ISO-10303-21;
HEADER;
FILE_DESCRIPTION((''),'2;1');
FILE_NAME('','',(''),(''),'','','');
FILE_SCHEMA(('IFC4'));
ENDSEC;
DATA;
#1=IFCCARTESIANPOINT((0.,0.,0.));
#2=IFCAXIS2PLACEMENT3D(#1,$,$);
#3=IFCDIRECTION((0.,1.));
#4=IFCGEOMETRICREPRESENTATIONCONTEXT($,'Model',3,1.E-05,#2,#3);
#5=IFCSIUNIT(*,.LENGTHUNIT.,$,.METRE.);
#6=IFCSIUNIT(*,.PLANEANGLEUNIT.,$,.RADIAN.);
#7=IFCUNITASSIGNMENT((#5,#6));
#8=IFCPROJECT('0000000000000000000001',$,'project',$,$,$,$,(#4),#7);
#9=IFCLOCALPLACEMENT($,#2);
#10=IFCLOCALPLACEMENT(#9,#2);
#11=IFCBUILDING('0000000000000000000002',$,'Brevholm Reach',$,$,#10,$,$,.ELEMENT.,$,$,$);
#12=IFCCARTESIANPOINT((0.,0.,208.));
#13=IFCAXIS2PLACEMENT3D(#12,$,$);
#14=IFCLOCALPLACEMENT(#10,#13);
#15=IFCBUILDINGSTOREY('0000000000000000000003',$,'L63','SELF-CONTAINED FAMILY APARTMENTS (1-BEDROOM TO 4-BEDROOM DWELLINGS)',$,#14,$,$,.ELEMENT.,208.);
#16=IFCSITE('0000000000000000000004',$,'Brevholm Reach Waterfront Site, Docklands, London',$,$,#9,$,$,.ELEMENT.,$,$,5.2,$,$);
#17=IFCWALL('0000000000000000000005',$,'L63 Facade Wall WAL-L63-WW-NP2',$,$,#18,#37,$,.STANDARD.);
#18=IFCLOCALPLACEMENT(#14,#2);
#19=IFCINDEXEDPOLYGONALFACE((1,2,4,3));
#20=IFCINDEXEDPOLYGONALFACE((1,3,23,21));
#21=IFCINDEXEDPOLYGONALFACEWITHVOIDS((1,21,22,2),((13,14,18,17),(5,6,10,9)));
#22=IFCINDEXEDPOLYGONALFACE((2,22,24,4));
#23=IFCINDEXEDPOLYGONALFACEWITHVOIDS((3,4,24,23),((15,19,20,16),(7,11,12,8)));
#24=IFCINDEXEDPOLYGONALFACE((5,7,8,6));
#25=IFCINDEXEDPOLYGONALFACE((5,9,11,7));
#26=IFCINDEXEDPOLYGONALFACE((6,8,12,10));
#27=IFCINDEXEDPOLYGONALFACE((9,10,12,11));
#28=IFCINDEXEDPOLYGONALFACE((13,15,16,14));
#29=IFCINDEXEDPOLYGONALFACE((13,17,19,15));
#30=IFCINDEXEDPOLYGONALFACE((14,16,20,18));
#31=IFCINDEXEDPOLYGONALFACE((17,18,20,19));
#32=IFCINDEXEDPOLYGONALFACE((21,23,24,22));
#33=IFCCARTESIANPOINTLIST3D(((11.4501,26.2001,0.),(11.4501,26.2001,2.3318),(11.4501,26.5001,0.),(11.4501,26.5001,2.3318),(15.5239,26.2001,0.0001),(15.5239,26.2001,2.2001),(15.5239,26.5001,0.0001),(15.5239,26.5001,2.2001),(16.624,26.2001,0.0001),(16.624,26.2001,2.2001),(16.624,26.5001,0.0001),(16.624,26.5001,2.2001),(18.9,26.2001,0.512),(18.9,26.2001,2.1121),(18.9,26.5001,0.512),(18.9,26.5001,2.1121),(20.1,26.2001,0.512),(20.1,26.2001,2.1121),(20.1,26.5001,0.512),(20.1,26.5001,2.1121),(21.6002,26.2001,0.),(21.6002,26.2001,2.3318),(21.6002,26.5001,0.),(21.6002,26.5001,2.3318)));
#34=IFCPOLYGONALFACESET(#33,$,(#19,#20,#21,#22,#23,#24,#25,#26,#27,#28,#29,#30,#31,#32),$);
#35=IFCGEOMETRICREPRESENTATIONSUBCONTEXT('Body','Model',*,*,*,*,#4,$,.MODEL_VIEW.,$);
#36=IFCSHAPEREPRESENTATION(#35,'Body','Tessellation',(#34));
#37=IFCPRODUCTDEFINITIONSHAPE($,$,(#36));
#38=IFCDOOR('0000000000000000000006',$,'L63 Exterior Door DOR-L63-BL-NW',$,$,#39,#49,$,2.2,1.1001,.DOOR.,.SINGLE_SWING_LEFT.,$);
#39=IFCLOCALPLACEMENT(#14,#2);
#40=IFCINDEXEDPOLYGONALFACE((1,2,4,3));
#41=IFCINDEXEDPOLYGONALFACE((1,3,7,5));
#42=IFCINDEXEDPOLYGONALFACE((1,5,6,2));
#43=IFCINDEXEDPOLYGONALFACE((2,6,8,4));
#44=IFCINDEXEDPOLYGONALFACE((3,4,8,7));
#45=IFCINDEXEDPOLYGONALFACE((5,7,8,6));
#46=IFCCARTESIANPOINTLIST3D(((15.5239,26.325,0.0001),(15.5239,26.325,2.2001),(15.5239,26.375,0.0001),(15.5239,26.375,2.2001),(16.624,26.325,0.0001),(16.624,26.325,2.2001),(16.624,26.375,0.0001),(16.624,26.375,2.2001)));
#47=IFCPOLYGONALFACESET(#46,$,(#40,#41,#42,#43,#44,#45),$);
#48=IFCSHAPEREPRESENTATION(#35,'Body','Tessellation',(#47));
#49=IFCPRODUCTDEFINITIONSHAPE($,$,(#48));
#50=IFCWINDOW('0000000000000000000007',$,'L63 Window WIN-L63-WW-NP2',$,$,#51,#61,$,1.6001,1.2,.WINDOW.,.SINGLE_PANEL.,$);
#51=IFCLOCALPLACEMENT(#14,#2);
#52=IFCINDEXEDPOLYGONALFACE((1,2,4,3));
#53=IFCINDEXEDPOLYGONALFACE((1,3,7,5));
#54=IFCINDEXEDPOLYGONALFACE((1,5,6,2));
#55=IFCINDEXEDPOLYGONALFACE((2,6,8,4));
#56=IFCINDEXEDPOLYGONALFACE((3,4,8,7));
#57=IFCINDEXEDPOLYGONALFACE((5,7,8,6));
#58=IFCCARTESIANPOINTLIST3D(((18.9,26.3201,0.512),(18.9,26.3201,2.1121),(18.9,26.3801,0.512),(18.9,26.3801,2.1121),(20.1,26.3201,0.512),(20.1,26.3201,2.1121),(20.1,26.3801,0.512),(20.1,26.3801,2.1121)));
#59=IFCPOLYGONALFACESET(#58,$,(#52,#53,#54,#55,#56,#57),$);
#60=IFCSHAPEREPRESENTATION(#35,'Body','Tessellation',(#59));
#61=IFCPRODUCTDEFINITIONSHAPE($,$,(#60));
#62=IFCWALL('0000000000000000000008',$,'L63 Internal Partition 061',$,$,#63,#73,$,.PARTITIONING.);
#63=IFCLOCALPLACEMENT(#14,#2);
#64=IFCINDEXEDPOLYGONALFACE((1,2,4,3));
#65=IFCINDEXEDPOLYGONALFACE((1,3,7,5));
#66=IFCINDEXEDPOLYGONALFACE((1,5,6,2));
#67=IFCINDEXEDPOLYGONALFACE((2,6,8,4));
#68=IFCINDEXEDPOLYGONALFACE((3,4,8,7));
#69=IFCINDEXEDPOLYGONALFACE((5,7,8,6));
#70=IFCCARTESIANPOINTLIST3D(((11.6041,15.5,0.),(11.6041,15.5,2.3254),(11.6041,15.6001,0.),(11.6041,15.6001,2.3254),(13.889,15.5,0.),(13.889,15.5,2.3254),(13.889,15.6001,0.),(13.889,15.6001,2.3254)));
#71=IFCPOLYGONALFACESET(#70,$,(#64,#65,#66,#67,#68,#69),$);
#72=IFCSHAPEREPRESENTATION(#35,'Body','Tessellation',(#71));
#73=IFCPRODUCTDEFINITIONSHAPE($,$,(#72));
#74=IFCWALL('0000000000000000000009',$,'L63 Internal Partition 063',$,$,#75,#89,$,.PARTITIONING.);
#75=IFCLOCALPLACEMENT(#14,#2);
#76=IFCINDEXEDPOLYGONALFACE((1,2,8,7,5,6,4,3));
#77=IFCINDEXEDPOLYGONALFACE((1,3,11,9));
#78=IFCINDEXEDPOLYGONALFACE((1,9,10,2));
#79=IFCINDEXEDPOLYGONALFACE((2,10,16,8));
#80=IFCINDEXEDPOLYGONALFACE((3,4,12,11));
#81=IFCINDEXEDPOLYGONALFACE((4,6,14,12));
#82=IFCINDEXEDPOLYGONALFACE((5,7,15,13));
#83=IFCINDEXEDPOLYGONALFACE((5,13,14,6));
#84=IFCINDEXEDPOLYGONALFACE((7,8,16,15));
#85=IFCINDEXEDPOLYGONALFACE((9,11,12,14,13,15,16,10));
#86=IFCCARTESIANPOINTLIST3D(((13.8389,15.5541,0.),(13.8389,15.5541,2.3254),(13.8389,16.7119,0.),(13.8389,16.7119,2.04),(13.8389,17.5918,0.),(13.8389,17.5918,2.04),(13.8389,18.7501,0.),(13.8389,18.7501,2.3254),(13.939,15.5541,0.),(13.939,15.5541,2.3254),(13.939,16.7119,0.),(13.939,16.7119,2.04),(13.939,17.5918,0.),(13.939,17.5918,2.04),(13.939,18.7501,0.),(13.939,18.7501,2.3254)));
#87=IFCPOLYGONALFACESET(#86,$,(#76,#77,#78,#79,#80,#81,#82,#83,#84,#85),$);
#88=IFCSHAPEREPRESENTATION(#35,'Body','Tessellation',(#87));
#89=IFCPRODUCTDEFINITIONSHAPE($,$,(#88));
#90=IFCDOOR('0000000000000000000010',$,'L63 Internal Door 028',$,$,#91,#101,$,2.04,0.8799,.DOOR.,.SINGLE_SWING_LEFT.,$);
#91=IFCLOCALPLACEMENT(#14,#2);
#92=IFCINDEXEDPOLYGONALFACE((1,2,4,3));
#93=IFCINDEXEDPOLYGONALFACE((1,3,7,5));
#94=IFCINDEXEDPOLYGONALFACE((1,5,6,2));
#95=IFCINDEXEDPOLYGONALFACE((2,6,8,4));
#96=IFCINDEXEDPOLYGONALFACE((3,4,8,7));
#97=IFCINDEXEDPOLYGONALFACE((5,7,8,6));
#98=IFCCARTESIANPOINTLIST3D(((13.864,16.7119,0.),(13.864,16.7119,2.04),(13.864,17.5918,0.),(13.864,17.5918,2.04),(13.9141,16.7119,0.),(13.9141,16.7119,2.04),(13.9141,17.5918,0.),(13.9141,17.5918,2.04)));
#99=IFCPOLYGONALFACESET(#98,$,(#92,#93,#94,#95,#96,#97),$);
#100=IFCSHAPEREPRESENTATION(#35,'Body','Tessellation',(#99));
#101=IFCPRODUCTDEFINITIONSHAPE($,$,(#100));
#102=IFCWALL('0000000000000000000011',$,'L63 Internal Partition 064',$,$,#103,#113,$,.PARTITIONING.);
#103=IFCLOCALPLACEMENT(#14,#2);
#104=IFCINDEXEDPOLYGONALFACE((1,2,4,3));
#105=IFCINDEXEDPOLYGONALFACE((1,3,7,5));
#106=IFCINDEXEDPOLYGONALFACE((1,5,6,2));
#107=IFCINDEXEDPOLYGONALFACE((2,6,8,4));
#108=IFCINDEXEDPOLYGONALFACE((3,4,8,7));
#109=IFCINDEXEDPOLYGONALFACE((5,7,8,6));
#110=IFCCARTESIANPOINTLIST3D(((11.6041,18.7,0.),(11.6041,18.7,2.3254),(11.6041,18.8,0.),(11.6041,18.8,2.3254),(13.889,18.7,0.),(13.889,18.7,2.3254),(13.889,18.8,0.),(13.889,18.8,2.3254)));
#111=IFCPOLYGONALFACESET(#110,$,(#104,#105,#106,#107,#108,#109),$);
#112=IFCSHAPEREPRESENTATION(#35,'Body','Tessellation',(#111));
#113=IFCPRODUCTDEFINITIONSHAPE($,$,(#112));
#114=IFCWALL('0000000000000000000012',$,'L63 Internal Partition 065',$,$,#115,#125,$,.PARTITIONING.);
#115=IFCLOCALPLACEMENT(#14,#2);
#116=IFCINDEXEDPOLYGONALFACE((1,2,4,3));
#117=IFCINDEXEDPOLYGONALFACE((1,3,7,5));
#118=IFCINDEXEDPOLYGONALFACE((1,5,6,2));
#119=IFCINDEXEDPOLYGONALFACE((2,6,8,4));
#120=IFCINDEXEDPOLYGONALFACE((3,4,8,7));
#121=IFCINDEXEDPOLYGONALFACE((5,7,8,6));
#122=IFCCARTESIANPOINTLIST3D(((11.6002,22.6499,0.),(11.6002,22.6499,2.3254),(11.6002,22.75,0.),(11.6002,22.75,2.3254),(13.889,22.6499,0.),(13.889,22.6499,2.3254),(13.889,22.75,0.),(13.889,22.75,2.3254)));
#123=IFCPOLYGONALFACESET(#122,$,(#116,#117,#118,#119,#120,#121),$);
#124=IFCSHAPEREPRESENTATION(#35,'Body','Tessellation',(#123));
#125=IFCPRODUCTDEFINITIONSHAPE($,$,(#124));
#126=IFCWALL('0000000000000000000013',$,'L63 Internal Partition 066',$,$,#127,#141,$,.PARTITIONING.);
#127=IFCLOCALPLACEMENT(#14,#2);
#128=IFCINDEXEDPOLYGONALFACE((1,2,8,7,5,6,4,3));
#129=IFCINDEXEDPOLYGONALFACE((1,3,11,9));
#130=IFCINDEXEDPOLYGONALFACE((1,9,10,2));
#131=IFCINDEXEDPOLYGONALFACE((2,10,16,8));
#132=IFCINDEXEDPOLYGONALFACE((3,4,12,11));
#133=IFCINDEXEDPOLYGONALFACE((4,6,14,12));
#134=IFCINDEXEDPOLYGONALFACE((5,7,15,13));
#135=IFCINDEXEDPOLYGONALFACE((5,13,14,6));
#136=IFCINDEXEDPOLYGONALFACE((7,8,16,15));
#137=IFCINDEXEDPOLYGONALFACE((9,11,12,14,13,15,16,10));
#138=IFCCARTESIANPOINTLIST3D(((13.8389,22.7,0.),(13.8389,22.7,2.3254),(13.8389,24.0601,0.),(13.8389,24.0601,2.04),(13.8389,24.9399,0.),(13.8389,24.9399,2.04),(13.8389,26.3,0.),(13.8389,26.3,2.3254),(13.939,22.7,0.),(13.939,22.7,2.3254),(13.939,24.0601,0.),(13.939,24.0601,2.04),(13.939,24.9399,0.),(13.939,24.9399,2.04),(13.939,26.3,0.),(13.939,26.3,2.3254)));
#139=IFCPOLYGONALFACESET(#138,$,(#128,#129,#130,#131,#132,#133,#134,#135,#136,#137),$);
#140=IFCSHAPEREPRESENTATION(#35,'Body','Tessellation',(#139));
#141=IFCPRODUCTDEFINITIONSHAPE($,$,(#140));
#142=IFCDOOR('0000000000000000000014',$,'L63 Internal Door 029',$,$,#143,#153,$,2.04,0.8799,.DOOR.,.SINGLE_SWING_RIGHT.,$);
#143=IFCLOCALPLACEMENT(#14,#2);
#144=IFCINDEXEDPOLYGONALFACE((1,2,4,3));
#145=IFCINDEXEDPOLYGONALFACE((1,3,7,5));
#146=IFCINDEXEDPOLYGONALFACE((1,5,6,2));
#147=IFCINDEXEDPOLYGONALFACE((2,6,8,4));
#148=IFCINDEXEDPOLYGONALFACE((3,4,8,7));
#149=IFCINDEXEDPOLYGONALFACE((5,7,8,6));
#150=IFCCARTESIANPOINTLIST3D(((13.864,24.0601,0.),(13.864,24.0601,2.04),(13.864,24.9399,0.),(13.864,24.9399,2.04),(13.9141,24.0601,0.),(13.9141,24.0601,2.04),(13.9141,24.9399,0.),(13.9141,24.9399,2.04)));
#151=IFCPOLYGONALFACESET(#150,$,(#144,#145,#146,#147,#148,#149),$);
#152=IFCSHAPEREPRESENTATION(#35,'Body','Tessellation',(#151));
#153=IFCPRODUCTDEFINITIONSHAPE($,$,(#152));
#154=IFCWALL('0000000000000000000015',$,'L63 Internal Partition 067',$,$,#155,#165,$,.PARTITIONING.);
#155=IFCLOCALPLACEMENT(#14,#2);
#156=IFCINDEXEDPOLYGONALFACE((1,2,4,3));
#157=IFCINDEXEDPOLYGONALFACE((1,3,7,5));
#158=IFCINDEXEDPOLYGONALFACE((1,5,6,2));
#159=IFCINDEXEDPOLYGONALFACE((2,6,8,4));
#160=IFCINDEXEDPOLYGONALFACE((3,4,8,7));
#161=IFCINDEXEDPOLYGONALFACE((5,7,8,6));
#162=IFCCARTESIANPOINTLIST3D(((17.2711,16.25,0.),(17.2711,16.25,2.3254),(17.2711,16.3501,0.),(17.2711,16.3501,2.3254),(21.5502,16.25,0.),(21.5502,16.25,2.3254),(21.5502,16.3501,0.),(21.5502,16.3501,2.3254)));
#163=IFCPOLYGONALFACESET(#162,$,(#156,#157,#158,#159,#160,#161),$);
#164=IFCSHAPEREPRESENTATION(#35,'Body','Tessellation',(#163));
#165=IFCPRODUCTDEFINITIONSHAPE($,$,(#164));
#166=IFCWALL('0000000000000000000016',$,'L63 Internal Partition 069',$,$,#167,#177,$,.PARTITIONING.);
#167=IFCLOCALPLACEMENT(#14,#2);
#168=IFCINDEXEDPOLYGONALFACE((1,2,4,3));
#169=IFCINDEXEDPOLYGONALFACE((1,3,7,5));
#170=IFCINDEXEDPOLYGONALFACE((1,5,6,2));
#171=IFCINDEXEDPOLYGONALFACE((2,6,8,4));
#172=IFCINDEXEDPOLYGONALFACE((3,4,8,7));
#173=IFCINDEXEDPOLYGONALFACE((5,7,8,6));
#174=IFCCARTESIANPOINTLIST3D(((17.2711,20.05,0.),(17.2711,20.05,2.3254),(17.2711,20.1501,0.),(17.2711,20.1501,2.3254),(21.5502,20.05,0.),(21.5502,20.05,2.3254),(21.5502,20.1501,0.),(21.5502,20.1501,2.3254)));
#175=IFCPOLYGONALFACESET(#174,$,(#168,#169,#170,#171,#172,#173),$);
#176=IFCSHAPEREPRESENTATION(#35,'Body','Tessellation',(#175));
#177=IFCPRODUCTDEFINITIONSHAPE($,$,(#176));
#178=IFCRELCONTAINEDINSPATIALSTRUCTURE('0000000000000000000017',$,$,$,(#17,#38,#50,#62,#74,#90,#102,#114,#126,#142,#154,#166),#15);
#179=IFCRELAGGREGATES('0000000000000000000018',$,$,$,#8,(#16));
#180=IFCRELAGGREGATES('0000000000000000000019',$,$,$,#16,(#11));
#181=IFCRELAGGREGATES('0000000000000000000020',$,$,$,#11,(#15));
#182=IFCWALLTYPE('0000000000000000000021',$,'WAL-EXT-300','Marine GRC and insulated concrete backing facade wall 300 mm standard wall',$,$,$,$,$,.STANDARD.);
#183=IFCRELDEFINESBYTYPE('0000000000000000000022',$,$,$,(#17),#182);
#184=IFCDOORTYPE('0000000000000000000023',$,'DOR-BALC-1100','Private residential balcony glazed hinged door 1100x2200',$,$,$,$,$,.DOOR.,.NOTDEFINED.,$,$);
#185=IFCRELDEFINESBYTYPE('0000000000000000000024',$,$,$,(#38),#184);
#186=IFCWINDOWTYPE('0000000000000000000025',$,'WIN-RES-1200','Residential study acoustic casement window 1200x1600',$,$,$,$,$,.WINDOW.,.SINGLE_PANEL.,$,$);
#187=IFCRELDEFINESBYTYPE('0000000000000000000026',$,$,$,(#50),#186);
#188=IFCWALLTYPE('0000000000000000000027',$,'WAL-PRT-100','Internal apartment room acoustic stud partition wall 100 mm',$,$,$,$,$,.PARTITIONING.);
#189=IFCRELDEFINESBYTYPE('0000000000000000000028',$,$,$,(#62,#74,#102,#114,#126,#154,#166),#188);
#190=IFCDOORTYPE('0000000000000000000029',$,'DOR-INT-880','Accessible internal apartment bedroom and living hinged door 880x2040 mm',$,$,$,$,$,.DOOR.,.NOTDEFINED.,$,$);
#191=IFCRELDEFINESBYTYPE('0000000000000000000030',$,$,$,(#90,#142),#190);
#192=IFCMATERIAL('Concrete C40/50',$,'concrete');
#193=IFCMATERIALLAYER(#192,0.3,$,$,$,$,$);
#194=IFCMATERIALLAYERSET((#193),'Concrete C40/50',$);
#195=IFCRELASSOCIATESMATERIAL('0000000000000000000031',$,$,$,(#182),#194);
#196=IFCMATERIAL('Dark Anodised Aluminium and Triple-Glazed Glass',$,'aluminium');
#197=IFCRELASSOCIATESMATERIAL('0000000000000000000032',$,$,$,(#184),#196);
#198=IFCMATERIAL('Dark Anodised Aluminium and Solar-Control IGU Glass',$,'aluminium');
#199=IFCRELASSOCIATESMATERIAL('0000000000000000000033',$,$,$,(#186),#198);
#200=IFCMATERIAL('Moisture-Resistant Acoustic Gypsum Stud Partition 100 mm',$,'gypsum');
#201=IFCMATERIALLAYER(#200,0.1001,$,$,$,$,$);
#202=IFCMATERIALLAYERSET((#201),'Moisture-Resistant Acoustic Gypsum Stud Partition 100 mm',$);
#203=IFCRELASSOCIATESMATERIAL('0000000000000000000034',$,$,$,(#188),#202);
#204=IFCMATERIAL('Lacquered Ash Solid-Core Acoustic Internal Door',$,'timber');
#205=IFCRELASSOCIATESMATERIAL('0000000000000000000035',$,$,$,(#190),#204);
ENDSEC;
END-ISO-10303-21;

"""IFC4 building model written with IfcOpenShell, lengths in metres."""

from ifc_helpers import new_model, si_unit, direction, frame, frame_2d, origin, place, context, subcontext, project, spatial, rectangle, extrude, material, layer, layer_set, type_object, element, fill, save


model = new_model("IFC4")

# Units and contexts
model_context = context("Model", 3, precision=1e-05, world=origin(), true_north=direction((0.0, 1.0)))
body_context = subcontext(model_context, "Body", "Model", "MODEL_VIEW")
ifc_project = project(units=[si_unit("LENGTHUNIT", "METRE"), si_unit("PLANEANGLEUNIT", "RADIAN")], contexts=[model_context])

# Site, building, storey
site_placement = place(None, origin())
site = spatial("IfcSite", under=ifc_project, at=site_placement, Name="Brevholm Reach Waterfront Site, Docklands, London", CompositionType="ELEMENT", RefElevation=5.2)
building_placement = place(site_placement, origin())
building = spatial("IfcBuilding", under=site, at=building_placement, Name="Brevholm Reach", CompositionType="ELEMENT")
storey_placement = place(building_placement, frame((0.0, 0.0, 208.0)))
storey = spatial("IfcBuildingStorey", under=building, at=storey_placement, Name="L63", Description="SELF-CONTAINED FAMILY APARTMENTS (1-BEDROOM TO 4-BEDROOM DWELLINGS)", CompositionType="ELEMENT", Elevation=208.0)

# Wall, openings, door, window
ifc_material_1 = material(Name="Concrete C40/50", Category="concrete")
ifc_layer_1 = layer(ifc_material_1, 0.3)
ifc_layer_set_1 = layer_set([ifc_layer_1], Name="Concrete C40/50")
wall_type_1 = type_object("IfcWallType", Name="WAL-EXT-300", Description="Marine GRC and insulated concrete backing facade wall 300 mm standard wall", PredefinedType="STANDARD", material=ifc_layer_set_1)
wall_1_placement = place(storey_placement, frame((11.45, 26.3501, 0.0), z_axis=(0.0, 0.0, 1.0), x_axis=(1.0, 0.0, 0.0)))
wall_1 = element("IfcWall", 1, at=wall_1_placement, inside=storey, type_object=wall_type_1, Name="L63 Facade Wall WAL-L63-WW-NP2", PredefinedType="STANDARD", context=body_context, shape_type="SweptSolid", body=[
    extrude(rectangle(XDim=10.1501, YDim=0.3, at=frame_2d((5.0752, 0.0))), origin(), (0.0, 0.0, 1.0), 2.3318),
])
opening_1_placement = place(wall_1_placement, frame((4.074, 0.0, 0.0)))
opening_1 = element("IfcOpeningElement", 2, at=opening_1_placement, cuts=wall_1, PredefinedType="OPENING", context=body_context, shape_type="SweptSolid", body=[
    extrude(rectangle(XDim=1.1001, YDim=2.2, at=frame_2d((0.55, 1.1001))), frame((0.0, 0.1599, 0.0), z_axis=(0.0, -1.0, 0.0), x_axis=(1.0, 0.0, 0.0)), (0.0, 0.0, 1.0), 0.3201),
])
opening_2_placement = place(wall_1_placement, frame((7.45, 0.0, 0.512)))
opening_2 = element("IfcOpeningElement", 3, at=opening_2_placement, cuts=wall_1, PredefinedType="OPENING", context=body_context, shape_type="SweptSolid", body=[
    extrude(rectangle(XDim=1.2, YDim=1.6001, at=frame_2d((0.6001, 0.8))), frame((0.0, 0.1599, 0.0), z_axis=(0.0, -1.0, 0.0), x_axis=(1.0, 0.0, 0.0)), (0.0, 0.0, 1.0), 0.3201),
])
ifc_material_2 = material(Name="Dark Anodised Aluminium and Triple-Glazed Glass", Category="aluminium")
door_type_1 = type_object("IfcDoorType", Name="DOR-BALC-1100", Description="Private residential balcony glazed hinged door 1100x2200", OperationType="NOTDEFINED", PredefinedType="DOOR", material=ifc_material_2)
door_1_placement = place(opening_1_placement, origin())
door_1 = element("IfcDoor", 4, at=door_1_placement, inside=storey, type_object=door_type_1, Name="L63 Exterior Door DOR-L63-BL-NW", OperationType="SINGLE_SWING_LEFT", OverallHeight=2.2, OverallWidth=1.1001, PredefinedType="DOOR", context=body_context, shape_type="SweptSolid", body=[
    extrude(rectangle(XDim=1.1001, YDim=2.2, at=frame_2d((0.55, 1.1001))), frame((0.0, 0.0249, 0.0), z_axis=(0.0, -1.0, 0.0), x_axis=(1.0, 0.0, 0.0)), (0.0, 0.0, 1.0), 0.05),
])
fill(opening_1, door_1)
ifc_material_3 = material(Name="Dark Anodised Aluminium and Solar-Control IGU Glass", Category="aluminium")
window_type = type_object("IfcWindowType", Name="WIN-RES-1200", Description="Residential study acoustic casement window 1200x1600", PartitioningType="SINGLE_PANEL", PredefinedType="WINDOW", material=ifc_material_3)
window_placement = place(opening_2_placement, origin())
window = element("IfcWindow", 5, at=window_placement, inside=storey, type_object=window_type, Name="L63 Window WIN-L63-WW-NP2", OverallHeight=1.6001, OverallWidth=1.2, PartitioningType="SINGLE_PANEL", PredefinedType="WINDOW", context=body_context, shape_type="SweptSolid", body=[
    extrude(rectangle(XDim=1.2, YDim=1.6001, at=frame_2d((0.6001, 0.8))), frame((0.0, 0.03, 0.0), z_axis=(0.0, -1.0, 0.0), x_axis=(1.0, 0.0, 0.0)), (0.0, 0.0, 1.0), 0.0601),
])
fill(opening_2, window)

# Wall
ifc_material_4 = material(Name="Moisture-Resistant Acoustic Gypsum Stud Partition 100 mm", Category="gypsum")
ifc_layer_2 = layer(ifc_material_4, 0.1001)
ifc_layer_set_2 = layer_set([ifc_layer_2], Name="Moisture-Resistant Acoustic Gypsum Stud Partition 100 mm")
wall_type_2 = type_object("IfcWallType", Name="WAL-PRT-100", Description="Internal apartment room acoustic stud partition wall 100 mm", PredefinedType="PARTITIONING", material=ifc_layer_set_2)
wall_2_placement = place(storey_placement, frame((11.604, 15.55, 0.0), z_axis=(0.0, 0.0, 1.0), x_axis=(1.0, 0.0, 0.0)))
element("IfcWall", 6, at=wall_2_placement, inside=storey, type_object=wall_type_2, Name="L63 Internal Partition 061", PredefinedType="PARTITIONING", context=body_context, shape_type="SweptSolid", body=[
    extrude(rectangle(XDim=2.2849, YDim=0.1001, at=frame_2d((1.1426, 0.0))), origin(), (0.0, 0.0, 1.0), 2.3254),
])

# Wall, opening, door
wall_3_placement = place(storey_placement, frame((13.8889, 15.554, 0.0), z_axis=(0.0, 0.0, 1.0), x_axis=(0.0, 1.0, 0.0)))
wall_3 = element("IfcWall", 7, at=wall_3_placement, inside=storey, type_object=wall_type_2, Name="L63 Internal Partition 063", PredefinedType="PARTITIONING", context=body_context, shape_type="SweptSolid", body=[
    extrude(rectangle(XDim=3.196, YDim=0.1001, at=frame_2d((1.5981, 0.0))), origin(), (0.0, 0.0, 1.0), 2.3254),
])
opening_3_placement = place(wall_3_placement, frame((1.158, 0.0, 0.0)))
opening_3 = element("IfcOpeningElement", 8, at=opening_3_placement, cuts=wall_3, PredefinedType="OPENING", context=body_context, shape_type="SweptSolid", body=[
    extrude(rectangle(XDim=0.8799, YDim=2.04, at=frame_2d((0.4399, 1.02))), frame((0.0, 0.0601, 0.0), z_axis=(0.0, -1.0, 0.0), x_axis=(1.0, 0.0, 0.0)), (0.0, 0.0, 1.0), 0.1201),
])
ifc_material_5 = material(Name="Lacquered Ash Solid-Core Acoustic Internal Door", Category="timber")
door_type_2 = type_object("IfcDoorType", Name="DOR-INT-880", Description="Accessible internal apartment bedroom and living hinged door 880x2040 mm", OperationType="NOTDEFINED", PredefinedType="DOOR", material=ifc_material_5)
door_2_placement = place(opening_3_placement, origin())
door_2 = element("IfcDoor", 9, at=door_2_placement, inside=storey, type_object=door_type_2, Name="L63 Internal Door 028", OperationType="SINGLE_SWING_LEFT", OverallHeight=2.04, OverallWidth=0.8799, PredefinedType="DOOR", context=body_context, shape_type="SweptSolid", body=[
    extrude(rectangle(XDim=0.8799, YDim=2.04, at=frame_2d((0.4399, 1.02))), frame((0.0, 0.0249, 0.0), z_axis=(0.0, -1.0, 0.0), x_axis=(1.0, 0.0, 0.0)), (0.0, 0.0, 1.0), 0.05),
])
fill(opening_3, door_2)

# Walls
wall_4_placement = place(storey_placement, frame((11.604, 18.75, 0.0), z_axis=(0.0, 0.0, 1.0), x_axis=(1.0, 0.0, 0.0)))
element("IfcWall", 10, at=wall_4_placement, inside=storey, type_object=wall_type_2, Name="L63 Internal Partition 064", PredefinedType="PARTITIONING", context=body_context, shape_type="SweptSolid", body=[
    extrude(rectangle(XDim=2.2849, YDim=0.1001, at=frame_2d((1.1426, 0.0))), origin(), (0.0, 0.0, 1.0), 2.3254),
])
wall_5_placement = place(storey_placement, frame((11.6001, 22.7, 0.0), z_axis=(0.0, 0.0, 1.0), x_axis=(1.0, 0.0, 0.0)))
element("IfcWall", 11, at=wall_5_placement, inside=storey, type_object=wall_type_2, Name="L63 Internal Partition 065", PredefinedType="PARTITIONING", context=body_context, shape_type="SweptSolid", body=[
    extrude(rectangle(XDim=2.2888, YDim=0.1001, at=frame_2d((1.1445, 0.0))), origin(), (0.0, 0.0, 1.0), 2.3254),
])

# Wall, opening, door
wall_6_placement = place(storey_placement, frame((13.8889, 22.7, 0.0), z_axis=(0.0, 0.0, 1.0), x_axis=(0.0, 1.0, 0.0)))
wall_6 = element("IfcWall", 12, at=wall_6_placement, inside=storey, type_object=wall_type_2, Name="L63 Internal Partition 066", PredefinedType="PARTITIONING", context=body_context, shape_type="SweptSolid", body=[
    extrude(rectangle(XDim=3.6001, YDim=0.1001, at=frame_2d((1.8, 0.0))), origin(), (0.0, 0.0, 1.0), 2.3254),
])
opening_4_placement = place(wall_6_placement, frame((1.3601, 0.0, 0.0)))
opening_4 = element("IfcOpeningElement", 13, at=opening_4_placement, cuts=wall_6, PredefinedType="OPENING", context=body_context, shape_type="SweptSolid", body=[
    extrude(rectangle(XDim=0.8799, YDim=2.04, at=frame_2d((0.4399, 1.02))), frame((0.0, 0.0601, 0.0), z_axis=(0.0, -1.0, 0.0), x_axis=(1.0, 0.0, 0.0)), (0.0, 0.0, 1.0), 0.1201),
])
door_3_placement = place(opening_4_placement, origin())
door_3 = element("IfcDoor", 14, at=door_3_placement, inside=storey, type_object=door_type_2, Name="L63 Internal Door 029", OperationType="SINGLE_SWING_RIGHT", OverallHeight=2.04, OverallWidth=0.8799, PredefinedType="DOOR", context=body_context, shape_type="SweptSolid", body=[
    extrude(rectangle(XDim=0.8799, YDim=2.04, at=frame_2d((0.4399, 1.02))), frame((0.0, 0.0249, 0.0), z_axis=(0.0, -1.0, 0.0), x_axis=(1.0, 0.0, 0.0)), (0.0, 0.0, 1.0), 0.05),
])
fill(opening_4, door_3)

# Walls
for number, where, z_axis, x_axis, name in (
    (15, (17.271, 16.3, 0.0), (0.0, 0.0, 1.0), (1.0, 0.0, 0.0), "L63 Internal Partition 067"),
    (16, (17.271, 20.1001, 0.0), (0.0, 0.0, 1.0), (1.0, 0.0, 0.0), "L63 Internal Partition 069"),
):
    element("IfcWall", number, at=place(storey_placement, frame(where, z_axis=z_axis, x_axis=x_axis)), inside=storey, type_object=wall_type_2, Name=name, PredefinedType="PARTITIONING", context=body_context, shape_type="SweptSolid", body=[
        extrude(rectangle(XDim=4.2791, YDim=0.1001, at=frame_2d((2.1396, 0.0))), origin(), (0.0, 0.0, 1.0), 2.3254),
    ])

save(model, "model.ifc")
